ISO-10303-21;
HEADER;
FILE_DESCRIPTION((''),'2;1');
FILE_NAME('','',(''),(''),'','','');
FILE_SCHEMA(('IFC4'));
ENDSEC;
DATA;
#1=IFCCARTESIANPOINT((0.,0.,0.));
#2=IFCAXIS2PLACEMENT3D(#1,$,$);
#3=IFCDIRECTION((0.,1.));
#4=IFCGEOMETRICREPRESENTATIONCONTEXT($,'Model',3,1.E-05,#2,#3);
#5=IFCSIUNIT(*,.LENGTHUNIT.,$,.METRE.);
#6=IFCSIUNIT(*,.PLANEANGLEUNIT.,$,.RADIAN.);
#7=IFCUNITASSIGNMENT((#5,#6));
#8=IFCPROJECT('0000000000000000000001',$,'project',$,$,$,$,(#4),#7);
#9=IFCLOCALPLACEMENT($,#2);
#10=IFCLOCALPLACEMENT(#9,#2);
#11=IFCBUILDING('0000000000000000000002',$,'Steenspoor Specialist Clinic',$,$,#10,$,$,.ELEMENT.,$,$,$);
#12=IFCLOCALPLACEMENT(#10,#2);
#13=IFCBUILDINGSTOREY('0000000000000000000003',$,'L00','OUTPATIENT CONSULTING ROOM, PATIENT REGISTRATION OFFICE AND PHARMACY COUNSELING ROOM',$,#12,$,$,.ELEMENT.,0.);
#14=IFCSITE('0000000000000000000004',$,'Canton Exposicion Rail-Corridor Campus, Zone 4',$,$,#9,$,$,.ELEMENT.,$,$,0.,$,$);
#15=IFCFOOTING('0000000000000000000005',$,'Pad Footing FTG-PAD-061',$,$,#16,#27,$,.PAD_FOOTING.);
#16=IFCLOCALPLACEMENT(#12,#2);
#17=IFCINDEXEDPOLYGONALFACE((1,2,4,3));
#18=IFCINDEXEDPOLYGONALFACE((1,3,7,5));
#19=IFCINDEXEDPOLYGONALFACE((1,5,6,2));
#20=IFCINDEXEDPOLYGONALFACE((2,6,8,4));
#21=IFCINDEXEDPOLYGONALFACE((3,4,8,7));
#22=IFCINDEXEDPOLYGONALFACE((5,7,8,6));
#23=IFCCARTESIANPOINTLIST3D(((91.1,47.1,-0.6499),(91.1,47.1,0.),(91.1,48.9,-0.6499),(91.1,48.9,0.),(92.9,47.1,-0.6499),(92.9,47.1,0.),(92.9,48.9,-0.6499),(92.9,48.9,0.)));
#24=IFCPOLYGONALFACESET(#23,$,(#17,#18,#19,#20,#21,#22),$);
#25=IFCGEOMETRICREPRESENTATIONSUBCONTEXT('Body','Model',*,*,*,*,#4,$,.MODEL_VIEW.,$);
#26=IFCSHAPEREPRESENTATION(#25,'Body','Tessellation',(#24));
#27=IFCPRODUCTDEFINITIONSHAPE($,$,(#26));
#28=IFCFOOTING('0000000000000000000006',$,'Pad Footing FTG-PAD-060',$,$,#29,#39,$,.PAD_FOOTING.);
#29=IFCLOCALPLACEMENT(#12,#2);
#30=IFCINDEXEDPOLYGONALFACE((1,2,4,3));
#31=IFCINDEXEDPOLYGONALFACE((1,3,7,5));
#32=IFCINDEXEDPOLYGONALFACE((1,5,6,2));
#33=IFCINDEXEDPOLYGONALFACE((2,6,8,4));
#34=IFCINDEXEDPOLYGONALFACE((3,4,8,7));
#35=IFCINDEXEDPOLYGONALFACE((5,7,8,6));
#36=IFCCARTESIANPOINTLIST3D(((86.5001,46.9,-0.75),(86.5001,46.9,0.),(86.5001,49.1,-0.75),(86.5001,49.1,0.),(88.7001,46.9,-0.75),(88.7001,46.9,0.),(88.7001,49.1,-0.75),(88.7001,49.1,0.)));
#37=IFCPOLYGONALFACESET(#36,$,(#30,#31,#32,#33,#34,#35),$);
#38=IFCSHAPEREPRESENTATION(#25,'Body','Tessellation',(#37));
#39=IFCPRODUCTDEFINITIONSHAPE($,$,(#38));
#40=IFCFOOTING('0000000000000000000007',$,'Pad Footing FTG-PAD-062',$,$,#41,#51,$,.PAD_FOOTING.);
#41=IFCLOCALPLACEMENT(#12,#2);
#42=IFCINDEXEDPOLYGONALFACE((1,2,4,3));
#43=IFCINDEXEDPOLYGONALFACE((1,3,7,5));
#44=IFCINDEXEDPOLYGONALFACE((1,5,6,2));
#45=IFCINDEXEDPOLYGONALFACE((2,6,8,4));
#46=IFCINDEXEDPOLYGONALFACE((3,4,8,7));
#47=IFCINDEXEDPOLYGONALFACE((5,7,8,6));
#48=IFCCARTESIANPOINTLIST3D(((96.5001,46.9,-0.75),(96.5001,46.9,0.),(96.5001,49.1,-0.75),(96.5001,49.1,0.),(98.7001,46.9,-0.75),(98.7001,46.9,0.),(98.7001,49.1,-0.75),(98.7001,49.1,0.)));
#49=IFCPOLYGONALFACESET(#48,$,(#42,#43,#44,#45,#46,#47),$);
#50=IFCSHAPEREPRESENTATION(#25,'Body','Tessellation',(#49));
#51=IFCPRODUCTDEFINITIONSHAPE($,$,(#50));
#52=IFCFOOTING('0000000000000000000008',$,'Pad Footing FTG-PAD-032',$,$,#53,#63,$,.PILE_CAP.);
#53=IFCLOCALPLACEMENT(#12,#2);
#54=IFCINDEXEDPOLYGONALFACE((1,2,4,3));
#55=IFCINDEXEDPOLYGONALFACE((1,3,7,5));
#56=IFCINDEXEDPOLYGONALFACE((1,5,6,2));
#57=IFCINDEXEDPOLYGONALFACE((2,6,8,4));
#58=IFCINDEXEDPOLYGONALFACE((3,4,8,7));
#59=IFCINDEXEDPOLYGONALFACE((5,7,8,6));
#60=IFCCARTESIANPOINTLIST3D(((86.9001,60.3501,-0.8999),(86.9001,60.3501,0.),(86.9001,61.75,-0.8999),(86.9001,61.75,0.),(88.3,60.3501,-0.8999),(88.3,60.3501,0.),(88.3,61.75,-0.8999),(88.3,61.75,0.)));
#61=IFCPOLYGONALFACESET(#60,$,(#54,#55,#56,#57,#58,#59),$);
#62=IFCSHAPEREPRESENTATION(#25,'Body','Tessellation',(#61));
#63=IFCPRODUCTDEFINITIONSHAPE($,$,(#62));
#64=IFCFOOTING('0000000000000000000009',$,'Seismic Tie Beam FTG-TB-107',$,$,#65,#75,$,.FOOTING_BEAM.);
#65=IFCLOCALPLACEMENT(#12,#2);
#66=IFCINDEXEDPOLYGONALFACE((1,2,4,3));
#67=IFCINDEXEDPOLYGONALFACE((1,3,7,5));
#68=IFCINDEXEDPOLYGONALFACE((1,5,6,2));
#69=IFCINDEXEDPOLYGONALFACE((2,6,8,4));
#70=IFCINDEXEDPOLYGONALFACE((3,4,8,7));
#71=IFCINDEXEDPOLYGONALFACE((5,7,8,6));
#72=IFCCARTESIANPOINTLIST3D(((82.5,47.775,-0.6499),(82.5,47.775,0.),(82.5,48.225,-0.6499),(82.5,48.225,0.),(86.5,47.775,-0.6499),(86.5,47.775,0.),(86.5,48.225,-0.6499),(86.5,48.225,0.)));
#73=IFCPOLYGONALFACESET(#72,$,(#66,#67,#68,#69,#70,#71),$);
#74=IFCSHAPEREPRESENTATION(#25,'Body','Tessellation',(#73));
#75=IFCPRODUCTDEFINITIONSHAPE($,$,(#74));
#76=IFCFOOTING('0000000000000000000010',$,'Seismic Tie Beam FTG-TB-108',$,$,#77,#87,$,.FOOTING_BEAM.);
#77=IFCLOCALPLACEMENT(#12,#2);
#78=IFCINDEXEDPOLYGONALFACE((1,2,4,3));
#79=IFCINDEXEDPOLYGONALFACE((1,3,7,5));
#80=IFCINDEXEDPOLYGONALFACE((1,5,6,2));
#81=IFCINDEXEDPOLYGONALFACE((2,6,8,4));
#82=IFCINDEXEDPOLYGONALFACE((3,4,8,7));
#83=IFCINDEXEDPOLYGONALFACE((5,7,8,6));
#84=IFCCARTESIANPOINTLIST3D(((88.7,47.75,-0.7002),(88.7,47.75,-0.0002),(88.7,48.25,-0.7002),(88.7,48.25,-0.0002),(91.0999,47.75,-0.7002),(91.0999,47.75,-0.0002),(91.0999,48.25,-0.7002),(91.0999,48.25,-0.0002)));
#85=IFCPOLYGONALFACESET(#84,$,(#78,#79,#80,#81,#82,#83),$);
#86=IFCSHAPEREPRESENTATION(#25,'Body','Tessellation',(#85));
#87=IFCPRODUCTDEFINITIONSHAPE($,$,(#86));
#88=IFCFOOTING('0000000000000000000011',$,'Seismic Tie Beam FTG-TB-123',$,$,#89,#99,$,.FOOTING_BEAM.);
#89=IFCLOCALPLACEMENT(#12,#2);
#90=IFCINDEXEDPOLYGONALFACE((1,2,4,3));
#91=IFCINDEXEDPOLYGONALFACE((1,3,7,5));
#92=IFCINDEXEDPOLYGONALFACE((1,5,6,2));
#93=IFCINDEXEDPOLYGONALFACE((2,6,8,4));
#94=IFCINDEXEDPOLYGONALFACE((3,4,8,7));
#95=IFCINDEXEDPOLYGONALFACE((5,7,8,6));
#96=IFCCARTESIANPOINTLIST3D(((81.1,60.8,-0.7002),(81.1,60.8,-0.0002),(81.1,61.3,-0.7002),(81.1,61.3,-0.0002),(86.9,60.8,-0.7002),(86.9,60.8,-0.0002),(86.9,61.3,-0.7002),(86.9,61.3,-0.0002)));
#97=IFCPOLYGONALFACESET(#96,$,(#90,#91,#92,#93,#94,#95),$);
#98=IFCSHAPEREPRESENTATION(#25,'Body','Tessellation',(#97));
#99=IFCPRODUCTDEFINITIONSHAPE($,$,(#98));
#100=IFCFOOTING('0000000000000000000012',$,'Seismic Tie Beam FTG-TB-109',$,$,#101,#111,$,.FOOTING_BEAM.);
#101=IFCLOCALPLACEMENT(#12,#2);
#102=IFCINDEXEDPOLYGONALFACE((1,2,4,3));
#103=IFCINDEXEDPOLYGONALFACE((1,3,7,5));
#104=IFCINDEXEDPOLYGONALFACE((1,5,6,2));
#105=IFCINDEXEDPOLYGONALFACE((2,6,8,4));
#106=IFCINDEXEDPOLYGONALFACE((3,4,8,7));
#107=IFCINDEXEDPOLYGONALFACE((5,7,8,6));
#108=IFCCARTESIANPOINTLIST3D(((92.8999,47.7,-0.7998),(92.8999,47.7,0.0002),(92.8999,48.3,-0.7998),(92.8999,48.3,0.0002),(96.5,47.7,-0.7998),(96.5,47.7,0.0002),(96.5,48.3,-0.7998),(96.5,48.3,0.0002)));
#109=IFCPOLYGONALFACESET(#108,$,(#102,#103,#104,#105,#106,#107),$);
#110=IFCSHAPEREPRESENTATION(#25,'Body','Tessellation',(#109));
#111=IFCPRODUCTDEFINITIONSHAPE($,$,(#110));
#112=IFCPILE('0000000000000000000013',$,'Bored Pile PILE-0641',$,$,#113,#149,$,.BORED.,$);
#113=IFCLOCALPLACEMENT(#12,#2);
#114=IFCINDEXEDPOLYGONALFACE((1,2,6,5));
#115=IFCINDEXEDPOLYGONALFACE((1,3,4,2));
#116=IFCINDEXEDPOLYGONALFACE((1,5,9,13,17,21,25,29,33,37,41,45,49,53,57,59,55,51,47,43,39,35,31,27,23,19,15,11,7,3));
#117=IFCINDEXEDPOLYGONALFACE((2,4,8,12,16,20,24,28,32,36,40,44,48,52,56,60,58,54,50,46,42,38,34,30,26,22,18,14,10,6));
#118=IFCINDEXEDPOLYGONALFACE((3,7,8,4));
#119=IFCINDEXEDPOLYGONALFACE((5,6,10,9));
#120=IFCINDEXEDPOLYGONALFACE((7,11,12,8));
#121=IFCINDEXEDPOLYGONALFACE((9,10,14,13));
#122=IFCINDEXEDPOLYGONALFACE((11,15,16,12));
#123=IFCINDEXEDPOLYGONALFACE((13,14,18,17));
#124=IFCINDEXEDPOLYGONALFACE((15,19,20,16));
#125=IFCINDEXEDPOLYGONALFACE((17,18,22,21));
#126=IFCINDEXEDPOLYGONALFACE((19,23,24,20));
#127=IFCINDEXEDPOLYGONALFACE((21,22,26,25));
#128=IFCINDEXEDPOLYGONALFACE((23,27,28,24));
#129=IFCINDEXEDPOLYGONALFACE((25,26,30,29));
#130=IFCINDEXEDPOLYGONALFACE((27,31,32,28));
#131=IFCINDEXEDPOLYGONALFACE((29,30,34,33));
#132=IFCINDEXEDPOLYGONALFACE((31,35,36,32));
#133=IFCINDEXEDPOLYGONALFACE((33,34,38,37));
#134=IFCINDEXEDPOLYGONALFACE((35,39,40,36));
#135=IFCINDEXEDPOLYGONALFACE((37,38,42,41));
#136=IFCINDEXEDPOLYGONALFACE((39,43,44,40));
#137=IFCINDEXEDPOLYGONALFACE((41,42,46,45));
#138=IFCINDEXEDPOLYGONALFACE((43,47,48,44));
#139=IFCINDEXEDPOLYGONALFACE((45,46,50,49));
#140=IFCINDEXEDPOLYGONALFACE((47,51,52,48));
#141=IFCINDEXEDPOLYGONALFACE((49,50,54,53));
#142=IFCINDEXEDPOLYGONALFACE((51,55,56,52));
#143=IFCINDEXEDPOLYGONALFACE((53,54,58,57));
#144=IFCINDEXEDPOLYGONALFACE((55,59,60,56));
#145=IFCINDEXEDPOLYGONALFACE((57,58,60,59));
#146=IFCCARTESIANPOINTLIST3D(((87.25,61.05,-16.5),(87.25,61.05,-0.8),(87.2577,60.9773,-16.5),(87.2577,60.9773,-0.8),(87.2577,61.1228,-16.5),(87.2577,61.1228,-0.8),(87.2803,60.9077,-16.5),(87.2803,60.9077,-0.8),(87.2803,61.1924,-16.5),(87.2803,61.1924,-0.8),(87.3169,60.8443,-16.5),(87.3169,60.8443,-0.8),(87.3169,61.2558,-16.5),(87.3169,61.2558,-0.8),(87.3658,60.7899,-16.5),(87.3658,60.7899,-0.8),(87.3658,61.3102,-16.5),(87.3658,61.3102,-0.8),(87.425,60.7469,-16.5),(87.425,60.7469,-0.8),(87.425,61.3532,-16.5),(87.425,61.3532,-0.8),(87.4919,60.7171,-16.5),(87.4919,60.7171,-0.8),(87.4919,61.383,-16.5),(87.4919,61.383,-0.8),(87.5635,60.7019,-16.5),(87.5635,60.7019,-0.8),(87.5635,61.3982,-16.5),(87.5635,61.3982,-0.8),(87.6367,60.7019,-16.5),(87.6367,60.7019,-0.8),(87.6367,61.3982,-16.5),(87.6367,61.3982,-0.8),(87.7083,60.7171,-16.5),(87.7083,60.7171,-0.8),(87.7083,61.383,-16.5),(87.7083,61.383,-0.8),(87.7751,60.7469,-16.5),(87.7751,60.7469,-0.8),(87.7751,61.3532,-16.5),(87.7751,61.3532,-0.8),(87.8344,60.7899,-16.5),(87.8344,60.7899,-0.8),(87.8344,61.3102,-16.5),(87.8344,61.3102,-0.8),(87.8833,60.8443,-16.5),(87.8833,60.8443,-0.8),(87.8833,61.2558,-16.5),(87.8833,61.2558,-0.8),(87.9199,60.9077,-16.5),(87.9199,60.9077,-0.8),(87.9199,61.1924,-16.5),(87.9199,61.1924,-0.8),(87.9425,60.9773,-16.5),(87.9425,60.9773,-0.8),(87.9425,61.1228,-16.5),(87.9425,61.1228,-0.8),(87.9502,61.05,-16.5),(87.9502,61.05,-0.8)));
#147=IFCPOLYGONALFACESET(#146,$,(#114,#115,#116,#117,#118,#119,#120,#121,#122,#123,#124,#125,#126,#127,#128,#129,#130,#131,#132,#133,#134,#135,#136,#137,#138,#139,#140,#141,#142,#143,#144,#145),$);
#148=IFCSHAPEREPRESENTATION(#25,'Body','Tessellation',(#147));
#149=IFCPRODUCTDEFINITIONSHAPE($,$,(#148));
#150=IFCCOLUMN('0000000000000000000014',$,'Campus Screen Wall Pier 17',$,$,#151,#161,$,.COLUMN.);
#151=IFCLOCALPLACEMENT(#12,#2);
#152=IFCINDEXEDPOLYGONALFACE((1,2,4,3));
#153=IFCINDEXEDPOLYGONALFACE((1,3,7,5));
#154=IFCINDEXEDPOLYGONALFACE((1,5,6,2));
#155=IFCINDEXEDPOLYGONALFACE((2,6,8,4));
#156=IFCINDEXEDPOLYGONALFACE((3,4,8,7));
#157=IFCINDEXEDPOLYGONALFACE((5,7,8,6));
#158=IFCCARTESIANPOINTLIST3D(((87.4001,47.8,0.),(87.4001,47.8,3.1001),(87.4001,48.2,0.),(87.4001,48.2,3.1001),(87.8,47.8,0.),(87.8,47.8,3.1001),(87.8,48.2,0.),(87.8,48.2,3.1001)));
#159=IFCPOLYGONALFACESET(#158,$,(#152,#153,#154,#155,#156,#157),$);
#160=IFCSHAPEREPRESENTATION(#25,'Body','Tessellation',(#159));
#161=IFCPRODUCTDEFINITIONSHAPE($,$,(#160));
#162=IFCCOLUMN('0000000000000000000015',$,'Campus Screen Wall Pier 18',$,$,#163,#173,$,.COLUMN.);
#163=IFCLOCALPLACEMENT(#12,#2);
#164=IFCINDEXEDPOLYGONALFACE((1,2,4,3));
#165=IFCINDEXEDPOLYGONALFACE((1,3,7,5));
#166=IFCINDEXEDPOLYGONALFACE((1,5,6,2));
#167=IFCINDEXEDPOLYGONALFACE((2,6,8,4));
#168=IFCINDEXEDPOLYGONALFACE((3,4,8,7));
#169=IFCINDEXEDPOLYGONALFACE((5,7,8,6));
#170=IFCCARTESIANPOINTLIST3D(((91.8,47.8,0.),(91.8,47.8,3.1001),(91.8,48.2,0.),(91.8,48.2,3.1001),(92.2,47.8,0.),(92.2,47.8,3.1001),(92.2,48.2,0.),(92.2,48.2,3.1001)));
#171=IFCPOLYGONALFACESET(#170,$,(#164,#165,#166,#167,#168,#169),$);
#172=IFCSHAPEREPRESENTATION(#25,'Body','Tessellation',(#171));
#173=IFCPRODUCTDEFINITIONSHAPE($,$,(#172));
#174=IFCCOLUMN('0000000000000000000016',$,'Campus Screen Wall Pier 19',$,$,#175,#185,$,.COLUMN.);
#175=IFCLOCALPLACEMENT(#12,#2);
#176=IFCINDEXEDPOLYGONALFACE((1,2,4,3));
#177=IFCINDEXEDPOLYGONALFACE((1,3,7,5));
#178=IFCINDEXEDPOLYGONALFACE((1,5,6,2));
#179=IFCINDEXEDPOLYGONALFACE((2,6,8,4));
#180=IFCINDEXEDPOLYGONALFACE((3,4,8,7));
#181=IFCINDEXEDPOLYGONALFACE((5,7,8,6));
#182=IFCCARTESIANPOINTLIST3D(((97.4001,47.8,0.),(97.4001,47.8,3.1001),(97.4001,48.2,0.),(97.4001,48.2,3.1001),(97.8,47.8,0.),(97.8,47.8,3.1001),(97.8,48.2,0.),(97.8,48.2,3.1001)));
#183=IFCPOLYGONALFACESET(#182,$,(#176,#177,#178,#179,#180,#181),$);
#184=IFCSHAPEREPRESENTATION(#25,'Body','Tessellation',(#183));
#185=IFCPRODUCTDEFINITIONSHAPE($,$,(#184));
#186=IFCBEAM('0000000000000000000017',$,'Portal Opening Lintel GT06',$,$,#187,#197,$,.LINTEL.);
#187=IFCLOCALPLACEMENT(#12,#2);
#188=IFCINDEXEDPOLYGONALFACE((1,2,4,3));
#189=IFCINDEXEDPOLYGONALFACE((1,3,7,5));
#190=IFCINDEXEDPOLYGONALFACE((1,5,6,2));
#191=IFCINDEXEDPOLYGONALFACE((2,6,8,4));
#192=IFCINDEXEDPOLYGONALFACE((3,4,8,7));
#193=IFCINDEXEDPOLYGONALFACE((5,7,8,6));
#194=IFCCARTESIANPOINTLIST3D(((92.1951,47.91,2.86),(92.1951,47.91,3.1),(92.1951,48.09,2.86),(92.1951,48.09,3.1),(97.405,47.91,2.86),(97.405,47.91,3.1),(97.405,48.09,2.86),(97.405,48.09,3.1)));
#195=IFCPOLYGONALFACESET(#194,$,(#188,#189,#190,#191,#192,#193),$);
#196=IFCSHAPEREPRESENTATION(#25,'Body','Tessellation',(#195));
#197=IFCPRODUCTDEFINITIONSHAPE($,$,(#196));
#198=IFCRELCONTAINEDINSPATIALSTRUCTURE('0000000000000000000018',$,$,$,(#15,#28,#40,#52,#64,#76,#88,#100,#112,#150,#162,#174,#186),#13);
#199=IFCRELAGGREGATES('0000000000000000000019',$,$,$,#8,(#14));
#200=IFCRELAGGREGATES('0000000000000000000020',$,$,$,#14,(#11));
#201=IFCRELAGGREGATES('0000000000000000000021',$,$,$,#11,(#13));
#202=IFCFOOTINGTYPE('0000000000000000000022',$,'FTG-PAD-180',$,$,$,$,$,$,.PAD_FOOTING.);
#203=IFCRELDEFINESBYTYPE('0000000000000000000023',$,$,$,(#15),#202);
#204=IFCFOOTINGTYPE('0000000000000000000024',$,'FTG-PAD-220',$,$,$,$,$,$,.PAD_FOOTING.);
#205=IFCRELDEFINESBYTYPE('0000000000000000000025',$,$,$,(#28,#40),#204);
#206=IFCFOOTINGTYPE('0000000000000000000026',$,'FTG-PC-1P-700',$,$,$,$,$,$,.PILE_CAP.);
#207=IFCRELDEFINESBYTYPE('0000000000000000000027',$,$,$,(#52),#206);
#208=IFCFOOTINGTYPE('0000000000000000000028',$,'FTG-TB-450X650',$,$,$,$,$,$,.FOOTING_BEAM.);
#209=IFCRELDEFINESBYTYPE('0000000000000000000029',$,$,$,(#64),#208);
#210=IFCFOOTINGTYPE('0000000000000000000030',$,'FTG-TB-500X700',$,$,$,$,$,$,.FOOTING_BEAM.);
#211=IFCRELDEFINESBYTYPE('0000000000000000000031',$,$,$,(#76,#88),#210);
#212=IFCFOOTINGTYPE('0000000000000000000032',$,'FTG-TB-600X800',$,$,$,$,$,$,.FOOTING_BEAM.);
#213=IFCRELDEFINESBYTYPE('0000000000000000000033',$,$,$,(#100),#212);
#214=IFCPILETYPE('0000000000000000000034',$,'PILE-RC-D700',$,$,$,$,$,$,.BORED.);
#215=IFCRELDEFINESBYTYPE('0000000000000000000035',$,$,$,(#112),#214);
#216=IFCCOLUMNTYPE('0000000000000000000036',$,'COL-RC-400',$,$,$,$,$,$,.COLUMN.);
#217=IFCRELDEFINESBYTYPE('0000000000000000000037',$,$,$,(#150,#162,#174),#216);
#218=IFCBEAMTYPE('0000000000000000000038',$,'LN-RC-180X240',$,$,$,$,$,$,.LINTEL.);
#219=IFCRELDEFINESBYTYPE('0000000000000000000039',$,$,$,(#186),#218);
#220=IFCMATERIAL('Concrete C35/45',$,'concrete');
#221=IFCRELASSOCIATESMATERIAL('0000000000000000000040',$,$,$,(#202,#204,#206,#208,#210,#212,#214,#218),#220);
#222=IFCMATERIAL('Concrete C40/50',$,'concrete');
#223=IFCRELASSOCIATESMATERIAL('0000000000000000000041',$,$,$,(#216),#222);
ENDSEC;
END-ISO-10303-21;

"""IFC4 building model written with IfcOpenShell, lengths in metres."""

from ifc_helpers import new_model, si_unit, direction, frame, origin, origin_2d, place, context, subcontext, project, spatial, rectangle, circle, extrude, material, material_profile, profile_set, type_object, element, save


model = new_model("IFC4")

# Units and contexts
model_context = context("Model", 3, precision=1e-05, world=origin(), true_north=direction((0.0, 1.0)))
body_context = subcontext(model_context, "Body", "Model", "MODEL_VIEW")
ifc_project = project(units=[si_unit("LENGTHUNIT", "METRE"), si_unit("PLANEANGLEUNIT", "RADIAN")], contexts=[model_context])

# Site, building, storey
site_placement = place(None, origin())
site = spatial("IfcSite", under=ifc_project, at=site_placement, Name="Canton Exposicion Rail-Corridor Campus, Zone 4", CompositionType="ELEMENT", RefElevation=0.0)
building_placement = place(site_placement, origin())
building = spatial("IfcBuilding", under=site, at=building_placement, Name="Steenspoor Specialist Clinic", CompositionType="ELEMENT")
storey_placement = place(building_placement, origin())
storey = spatial("IfcBuildingStorey", under=building, at=storey_placement, Name="L00", Description="OUTPATIENT CONSULTING ROOM, PATIENT REGISTRATION OFFICE AND PHARMACY COUNSELING ROOM", CompositionType="ELEMENT", Elevation=0.0)

# Footings
ifc_material_1 = material(Name="Concrete C35/45", Category="concrete")
footing_type_1 = type_object("IfcFootingType", Name="FTG-PAD-180", PredefinedType="PAD_FOOTING", material=ifc_material_1)
footing_1_placement = place(storey_placement, frame((92.0, 48.0, -0.6499), z_axis=(0.0, 0.0, 1.0), x_axis=(1.0, 0.0, 0.0)))
element("IfcFooting", 1, at=footing_1_placement, inside=storey, type_object=footing_type_1, Name="Pad Footing FTG-PAD-061", PredefinedType="PAD_FOOTING", context=body_context, shape_type="SweptSolid", body=[
    extrude(rectangle(XDim=1.8, YDim=1.8, at=origin_2d()), origin(), (0.0, 0.0, 1.0), 0.6499),
])
footing_type_2 = type_object("IfcFootingType", Name="FTG-PAD-220", PredefinedType="PAD_FOOTING", material=ifc_material_1)
for number, where, z_axis, x_axis, name in (
    (2, (87.6001, 48.0, -0.75), (0.0, 0.0, 1.0), (1.0, 0.0, 0.0), "Pad Footing FTG-PAD-060"),
    (3, (97.6001, 48.0, -0.75), (0.0, 0.0, 1.0), (1.0, 0.0, 0.0), "Pad Footing FTG-PAD-062"),
):
    element("IfcFooting", number, at=place(storey_placement, frame(where, z_axis=z_axis, x_axis=x_axis)), inside=storey, type_object=footing_type_2, Name=name, PredefinedType="PAD_FOOTING", context=body_context, shape_type="SweptSolid", body=[
        extrude(rectangle(XDim=2.2, YDim=2.2, at=origin_2d()), origin(), (0.0, 0.0, 1.0), 0.75),
    ])
footing_type_3 = type_object("IfcFootingType", Name="FTG-PC-1P-700", PredefinedType="PILE_CAP", material=ifc_material_1)
footing_2_placement = place(storey_placement, frame((87.6001, 61.05, -0.8999), z_axis=(0.0, 0.0, 1.0), x_axis=(1.0, 0.0, 0.0)))
element("IfcFooting", 4, at=footing_2_placement, inside=storey, type_object=footing_type_3, Name="Pad Footing FTG-PAD-032", PredefinedType="PILE_CAP", context=body_context, shape_type="SweptSolid", body=[
    extrude(rectangle(XDim=1.3999, YDim=1.3999, at=origin_2d()), origin(), (0.0, 0.0, 1.0), 0.8999),
])
footing_type_4 = type_object("IfcFootingType", Name="FTG-TB-450X650", PredefinedType="FOOTING_BEAM", material=ifc_material_1)
footing_3_placement = place(storey_placement, frame((84.5, 48.0, -0.6499), z_axis=(0.0, 0.0, 1.0), x_axis=(1.0, 0.0, 0.0)))
element("IfcFooting", 5, at=footing_3_placement, inside=storey, type_object=footing_type_4, Name="Seismic Tie Beam FTG-TB-107", PredefinedType="FOOTING_BEAM", context=body_context, shape_type="SweptSolid", body=[
    extrude(rectangle(XDim=4.0, YDim=0.45, at=origin_2d()), origin(), (0.0, 0.0, 1.0), 0.6499),
])
footing_type_5 = type_object("IfcFootingType", Name="FTG-TB-500X700", PredefinedType="FOOTING_BEAM", material=ifc_material_1)
footing_4_placement = place(storey_placement, frame((89.8999, 48.0, -0.7002), z_axis=(0.0, 0.0, 1.0), x_axis=(1.0, 0.0, 0.0)))
element("IfcFooting", 6, at=footing_4_placement, inside=storey, type_object=footing_type_5, Name="Seismic Tie Beam FTG-TB-108", PredefinedType="FOOTING_BEAM", context=body_context, shape_type="SweptSolid", body=[
    extrude(rectangle(XDim=2.3999, YDim=0.5, at=origin_2d()), origin(), (0.0, 0.0, 1.0), 0.7),
])
footing_5_placement = place(storey_placement, frame((84.0, 61.05, -0.7002), z_axis=(0.0, 0.0, 1.0), x_axis=(1.0, 0.0, 0.0)))
element("IfcFooting", 7, at=footing_5_placement, inside=storey, type_object=footing_type_5, Name="Seismic Tie Beam FTG-TB-123", PredefinedType="FOOTING_BEAM", context=body_context, shape_type="SweptSolid", body=[
    extrude(rectangle(XDim=5.8, YDim=0.5, at=origin_2d()), origin(), (0.0, 0.0, 1.0), 0.7),
])
footing_type_6 = type_object("IfcFootingType", Name="FTG-TB-600X800", PredefinedType="FOOTING_BEAM", material=ifc_material_1)
footing_6_placement = place(storey_placement, frame((94.7, 48.0, -0.7998), z_axis=(0.0, 0.0, 1.0), x_axis=(1.0, 0.0, 0.0)))
element("IfcFooting", 8, at=footing_6_placement, inside=storey, type_object=footing_type_6, Name="Seismic Tie Beam FTG-TB-109", PredefinedType="FOOTING_BEAM", context=body_context, shape_type="SweptSolid", body=[
    extrude(rectangle(XDim=3.6001, YDim=0.6001, at=origin_2d()), origin(), (0.0, 0.0, 1.0), 0.8),
])

# Pile
ifc_material_profile_1 = material_profile(ifc_material_1, circle(Radius=0.3501, at=origin_2d()), Name="PILE-D700")
ifc_profile_set_1 = profile_set([ifc_material_profile_1], Name="Concrete C35/45")
pile_type = type_object("IfcPileType", Name="PILE-RC-D700", PredefinedType="BORED", material=ifc_profile_set_1)
pile_placement = place(storey_placement, frame((87.6001, 61.05, -0.8), z_axis=(0.0, 0.0, -1.0), x_axis=(1.0, 0.0, 0.0)))
element("IfcPile", 9, at=pile_placement, inside=storey, type_object=pile_type, Name="Bored Pile PILE-0641", PredefinedType="BORED", context=body_context, shape_type="SweptSolid", body=[
    extrude(circle(Radius=0.3501, at=origin_2d()), origin(), (0.0, 0.0, 1.0), 15.7),
])

# Columns
ifc_material_2 = material(Name="Concrete C40/50", Category="concrete")
ifc_material_profile_2 = material_profile(ifc_material_2, rectangle(XDim=0.3999, YDim=0.3999, at=origin_2d()), Name="RC-COL-400X400")
ifc_profile_set_2 = profile_set([ifc_material_profile_2], Name="Concrete C40/50")
column_type = type_object("IfcColumnType", Name="COL-RC-400", PredefinedType="COLUMN", material=ifc_profile_set_2)
for number, where, z_axis, x_axis, name in (
    (10, (87.6001, 48.0, 0.0), (0.0, 0.0, 1.0), (1.0, 0.0, 0.0), "Campus Screen Wall Pier 17"),
    (11, (92.0, 48.0, 0.0), (0.0, 0.0, 1.0), (1.0, 0.0, 0.0), "Campus Screen Wall Pier 18"),
    (12, (97.6001, 48.0, 0.0), (0.0, 0.0, 1.0), (1.0, 0.0, 0.0), "Campus Screen Wall Pier 19"),
):
    element("IfcColumn", number, at=place(storey_placement, frame(where, z_axis=z_axis, x_axis=x_axis)), inside=storey, type_object=column_type, Name=name, PredefinedType="COLUMN", context=body_context, shape_type="SweptSolid", body=[
        extrude(rectangle(XDim=0.3999, YDim=0.3999, at=origin_2d()), origin(), (0.0, 0.0, 1.0), 3.1001),
    ])

# Beam
ifc_material_profile_3 = material_profile(ifc_material_1, rectangle(XDim=0.1799, YDim=0.24, at=origin_2d()), Name="RC-LN-180X240")
ifc_profile_set_3 = profile_set([ifc_material_profile_3], Name="Concrete C35/45")
beam_type_1 = type_object("IfcBeamType", Name="LN-RC-180X240", PredefinedType="LINTEL", material=ifc_profile_set_3)
beam_1_placement = place(storey_placement, frame((92.1951, 48.0, 2.98), z_axis=(1.0, 0.0, 0.0), x_axis=(0.0, 1.0, 0.0)))
element("IfcBeam", 13, at=beam_1_placement, inside=storey, type_object=beam_type_1, Name="Portal Opening Lintel GT06", PredefinedType="LINTEL", context=body_context, shape_type="SweptSolid", body=[
    extrude(rectangle(XDim=0.1799, YDim=0.24, at=origin_2d()), origin(), (0.0, 0.0, 1.0), 5.21),
])

save(model, "model.ifc")
